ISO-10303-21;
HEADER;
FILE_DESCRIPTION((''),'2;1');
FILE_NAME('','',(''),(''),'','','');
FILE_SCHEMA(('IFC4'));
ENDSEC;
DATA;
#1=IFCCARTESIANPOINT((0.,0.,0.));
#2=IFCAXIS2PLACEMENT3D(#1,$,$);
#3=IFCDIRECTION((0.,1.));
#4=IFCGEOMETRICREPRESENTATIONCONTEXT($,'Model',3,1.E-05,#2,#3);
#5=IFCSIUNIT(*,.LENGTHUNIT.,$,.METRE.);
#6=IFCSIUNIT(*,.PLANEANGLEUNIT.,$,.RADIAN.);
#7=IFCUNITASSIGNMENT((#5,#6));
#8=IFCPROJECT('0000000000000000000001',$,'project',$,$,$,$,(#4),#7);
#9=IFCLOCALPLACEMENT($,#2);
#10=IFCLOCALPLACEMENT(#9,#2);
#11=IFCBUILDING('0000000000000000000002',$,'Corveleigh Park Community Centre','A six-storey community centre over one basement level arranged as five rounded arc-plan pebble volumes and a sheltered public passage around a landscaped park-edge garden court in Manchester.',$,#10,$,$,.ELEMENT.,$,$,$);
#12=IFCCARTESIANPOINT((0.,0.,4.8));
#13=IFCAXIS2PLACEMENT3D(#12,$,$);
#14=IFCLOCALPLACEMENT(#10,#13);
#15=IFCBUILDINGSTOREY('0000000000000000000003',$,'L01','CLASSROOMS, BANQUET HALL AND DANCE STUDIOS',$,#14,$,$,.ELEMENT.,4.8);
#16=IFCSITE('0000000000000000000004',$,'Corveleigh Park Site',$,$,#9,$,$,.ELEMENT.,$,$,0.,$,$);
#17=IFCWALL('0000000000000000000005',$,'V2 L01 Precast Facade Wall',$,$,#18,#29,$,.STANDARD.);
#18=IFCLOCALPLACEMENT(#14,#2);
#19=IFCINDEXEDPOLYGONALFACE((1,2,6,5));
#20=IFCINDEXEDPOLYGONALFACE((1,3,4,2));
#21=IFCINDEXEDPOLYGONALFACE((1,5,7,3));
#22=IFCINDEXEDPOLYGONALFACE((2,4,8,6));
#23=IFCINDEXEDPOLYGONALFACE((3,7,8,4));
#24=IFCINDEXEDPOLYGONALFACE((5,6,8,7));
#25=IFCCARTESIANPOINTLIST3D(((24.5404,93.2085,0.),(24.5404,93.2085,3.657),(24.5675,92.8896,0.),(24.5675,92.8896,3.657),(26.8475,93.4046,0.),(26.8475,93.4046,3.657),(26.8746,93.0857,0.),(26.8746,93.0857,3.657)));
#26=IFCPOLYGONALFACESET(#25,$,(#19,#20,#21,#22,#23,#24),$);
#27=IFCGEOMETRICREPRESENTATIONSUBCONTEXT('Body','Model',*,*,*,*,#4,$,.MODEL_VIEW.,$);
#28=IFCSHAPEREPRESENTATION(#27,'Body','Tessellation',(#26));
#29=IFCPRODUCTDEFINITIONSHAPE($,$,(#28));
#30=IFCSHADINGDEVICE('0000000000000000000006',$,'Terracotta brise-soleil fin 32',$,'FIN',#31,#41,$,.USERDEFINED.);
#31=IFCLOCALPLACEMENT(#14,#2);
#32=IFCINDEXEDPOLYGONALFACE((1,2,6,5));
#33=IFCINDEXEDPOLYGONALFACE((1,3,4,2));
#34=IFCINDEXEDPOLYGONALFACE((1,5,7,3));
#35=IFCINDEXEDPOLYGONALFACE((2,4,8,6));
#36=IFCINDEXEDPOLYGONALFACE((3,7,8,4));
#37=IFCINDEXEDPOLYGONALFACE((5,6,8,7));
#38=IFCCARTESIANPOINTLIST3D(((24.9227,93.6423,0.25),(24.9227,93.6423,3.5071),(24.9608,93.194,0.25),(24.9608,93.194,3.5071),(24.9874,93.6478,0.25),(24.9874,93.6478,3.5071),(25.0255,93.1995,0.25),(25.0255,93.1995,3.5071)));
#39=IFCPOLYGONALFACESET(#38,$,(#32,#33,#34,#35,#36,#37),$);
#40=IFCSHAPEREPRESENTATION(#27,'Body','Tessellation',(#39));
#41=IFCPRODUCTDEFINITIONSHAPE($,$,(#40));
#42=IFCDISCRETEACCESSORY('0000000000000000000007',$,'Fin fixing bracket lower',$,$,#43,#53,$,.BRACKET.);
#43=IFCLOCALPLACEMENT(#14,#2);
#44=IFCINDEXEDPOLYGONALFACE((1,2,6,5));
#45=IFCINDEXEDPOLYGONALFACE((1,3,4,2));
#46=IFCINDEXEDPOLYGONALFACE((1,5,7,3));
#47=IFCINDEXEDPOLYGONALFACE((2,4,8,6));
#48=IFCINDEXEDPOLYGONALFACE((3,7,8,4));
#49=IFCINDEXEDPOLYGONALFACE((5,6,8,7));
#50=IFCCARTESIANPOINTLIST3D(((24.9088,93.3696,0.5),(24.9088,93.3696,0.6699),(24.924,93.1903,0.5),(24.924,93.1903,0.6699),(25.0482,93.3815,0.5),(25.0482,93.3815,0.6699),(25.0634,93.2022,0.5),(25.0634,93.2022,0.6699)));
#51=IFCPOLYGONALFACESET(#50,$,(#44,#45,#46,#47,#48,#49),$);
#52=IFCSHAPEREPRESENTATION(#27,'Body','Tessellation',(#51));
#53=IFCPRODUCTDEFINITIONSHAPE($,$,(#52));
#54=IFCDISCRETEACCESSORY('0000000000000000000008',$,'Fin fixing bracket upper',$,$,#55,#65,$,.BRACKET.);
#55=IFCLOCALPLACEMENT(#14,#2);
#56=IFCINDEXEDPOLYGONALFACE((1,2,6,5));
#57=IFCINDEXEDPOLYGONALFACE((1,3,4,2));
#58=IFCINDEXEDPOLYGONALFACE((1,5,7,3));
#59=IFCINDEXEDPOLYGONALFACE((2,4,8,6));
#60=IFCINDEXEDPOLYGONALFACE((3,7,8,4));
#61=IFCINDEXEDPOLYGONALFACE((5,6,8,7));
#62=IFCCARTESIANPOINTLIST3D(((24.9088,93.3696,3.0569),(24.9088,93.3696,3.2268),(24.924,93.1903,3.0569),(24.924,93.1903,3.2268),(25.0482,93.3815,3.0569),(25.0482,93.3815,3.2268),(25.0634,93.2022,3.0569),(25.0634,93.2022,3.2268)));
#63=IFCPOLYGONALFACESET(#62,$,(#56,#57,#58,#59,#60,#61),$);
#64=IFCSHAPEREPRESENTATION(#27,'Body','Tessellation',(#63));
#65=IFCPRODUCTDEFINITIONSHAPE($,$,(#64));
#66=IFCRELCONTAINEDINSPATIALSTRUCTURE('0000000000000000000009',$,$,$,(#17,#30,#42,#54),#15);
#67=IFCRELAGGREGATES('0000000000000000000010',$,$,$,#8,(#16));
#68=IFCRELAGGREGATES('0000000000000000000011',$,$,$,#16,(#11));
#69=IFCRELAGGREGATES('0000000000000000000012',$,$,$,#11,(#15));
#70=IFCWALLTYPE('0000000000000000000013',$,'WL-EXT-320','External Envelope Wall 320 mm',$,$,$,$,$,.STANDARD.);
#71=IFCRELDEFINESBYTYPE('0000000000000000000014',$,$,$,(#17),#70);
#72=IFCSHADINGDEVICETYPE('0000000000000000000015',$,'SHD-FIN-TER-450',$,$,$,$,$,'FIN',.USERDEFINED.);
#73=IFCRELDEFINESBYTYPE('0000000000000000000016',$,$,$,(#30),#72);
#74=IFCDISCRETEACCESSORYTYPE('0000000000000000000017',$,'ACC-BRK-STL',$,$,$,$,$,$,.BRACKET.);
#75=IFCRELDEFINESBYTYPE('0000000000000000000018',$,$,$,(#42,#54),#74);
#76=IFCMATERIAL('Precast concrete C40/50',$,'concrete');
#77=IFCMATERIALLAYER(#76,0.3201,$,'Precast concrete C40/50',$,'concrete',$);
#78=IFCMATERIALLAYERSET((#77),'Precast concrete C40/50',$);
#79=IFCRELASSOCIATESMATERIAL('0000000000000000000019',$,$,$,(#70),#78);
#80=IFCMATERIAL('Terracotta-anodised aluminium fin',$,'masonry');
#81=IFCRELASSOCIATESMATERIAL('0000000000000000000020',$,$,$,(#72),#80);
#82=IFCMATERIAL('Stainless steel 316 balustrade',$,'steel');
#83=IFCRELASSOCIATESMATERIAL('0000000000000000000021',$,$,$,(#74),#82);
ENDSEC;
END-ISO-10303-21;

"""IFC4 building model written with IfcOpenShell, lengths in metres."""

from ifc_helpers import new_model, si_unit, direction, frame, frame_2d, origin, origin_2d, place, context, subcontext, project, spatial, rectangle, extrude, material, layer, layer_set, type_object, element, save


model = new_model("IFC4")

# Units and contexts
model_context = context("Model", 3, precision=1e-05, world=origin(), true_north=direction((0.0, 1.0)))
body_context = subcontext(model_context, "Body", "Model", "MODEL_VIEW")
ifc_project = project(units=[si_unit("LENGTHUNIT", "METRE"), si_unit("PLANEANGLEUNIT", "RADIAN")], contexts=[model_context])

# Site, building, storey
site_placement = place(None, origin())
site = spatial("IfcSite", under=ifc_project, at=site_placement, Name="Corveleigh Park Site", CompositionType="ELEMENT", RefElevation=0.0)
building_placement = place(site_placement, origin())
building = spatial("IfcBuilding", under=site, at=building_placement, Name="Corveleigh Park Community Centre", Description="A six-storey community centre over one basement level arranged as five rounded arc-plan pebble volumes and a sheltered public passage around a landscaped park-edge garden court in Manchester.", CompositionType="ELEMENT")
storey_placement = place(building_placement, frame((0.0, 0.0, 4.8)))
storey = spatial("IfcBuildingStorey", under=building, at=storey_placement, Name="L01", Description="CLASSROOMS, BANQUET HALL AND DANCE STUDIOS", CompositionType="ELEMENT", Elevation=4.8)

# Shared definitions
ifc_material_1 = material(Name="Precast concrete C40/50", Category="concrete")

# Wall
ifc_layer_1 = layer(ifc_material_1, 0.3201, Name="Precast concrete C40/50", Category="concrete")
ifc_layer_set_1 = layer_set([ifc_layer_1], Name="Precast concrete C40/50")
wall_type_1 = type_object("IfcWallType", Name="WL-EXT-320", Description="External Envelope Wall 320 mm", PredefinedType="STANDARD", material=ifc_layer_set_1)
wall_1_placement = place(storey_placement, frame((24.554, 93.0491, 0.0), z_axis=(0.0, 0.0, 1.0), x_axis=(0.996409, 0.084668, 0.0)))
element("IfcWall", 1, at=wall_1_placement, inside=storey, type_object=wall_type_1, Name="V2 L01 Precast Facade Wall", PredefinedType="STANDARD", context=body_context, shape_type="SweptSolid", body=[
    extrude(rectangle(XDim=2.3154, YDim=0.3201, at=frame_2d((1.1577, 0.0))), origin(), (0.0, 0.0, 1.0), 3.657),
])

# Shading device
ifc_material_2 = material(Name="Terracotta-anodised aluminium fin", Category="masonry")
shading_device_type = type_object("IfcShadingDeviceType", Name="SHD-FIN-TER-450", ElementType="FIN", PredefinedType="USERDEFINED", material=ifc_material_2)
shading_device_placement = place(storey_placement, frame((24.9741, 93.4209, 0.25), z_axis=(0.0, 0.0, 1.0), x_axis=(-0.084654, 0.99641, 0.0)))
element("IfcShadingDevice", 2, at=shading_device_placement, inside=storey, type_object=shading_device_type, Name="Terracotta brise-soleil fin 32", ObjectType="FIN", PredefinedType="USERDEFINED", context=body_context, shape_type="SweptSolid", body=[
    extrude(rectangle(XDim=0.45, YDim=0.0649, at=origin_2d()), origin(), (0.0, 0.0, 1.0), 3.2571),
])

# Discrete accessories
ifc_material_3 = material(Name="Stainless steel 316 balustrade", Category="steel")
discrete_accessory_type = type_object("IfcDiscreteAccessoryType", Name="ACC-BRK-STL", PredefinedType="BRACKET", material=ifc_material_3)
for number, where, z_axis, x_axis, name in (
    (3, (24.9861, 93.2859, 0.5), (0.0, 0.0, 1.0), (-0.084654, 0.99641, 0.0), "Fin fixing bracket lower"),
    (4, (24.9861, 93.2859, 3.0569), (0.0, 0.0, 1.0), (-0.084654, 0.99641, 0.0), "Fin fixing bracket upper"),
):
    element("IfcDiscreteAccessory", number, at=place(storey_placement, frame(where, z_axis=z_axis, x_axis=x_axis)), inside=storey, type_object=discrete_accessory_type, Name=name, PredefinedType="BRACKET", context=body_context, shape_type="SweptSolid", body=[
        extrude(rectangle(XDim=0.1799, YDim=0.1399, at=origin_2d()), origin(), (0.0, 0.0, 1.0), 0.1699),
    ])

save(model, "model.ifc")
